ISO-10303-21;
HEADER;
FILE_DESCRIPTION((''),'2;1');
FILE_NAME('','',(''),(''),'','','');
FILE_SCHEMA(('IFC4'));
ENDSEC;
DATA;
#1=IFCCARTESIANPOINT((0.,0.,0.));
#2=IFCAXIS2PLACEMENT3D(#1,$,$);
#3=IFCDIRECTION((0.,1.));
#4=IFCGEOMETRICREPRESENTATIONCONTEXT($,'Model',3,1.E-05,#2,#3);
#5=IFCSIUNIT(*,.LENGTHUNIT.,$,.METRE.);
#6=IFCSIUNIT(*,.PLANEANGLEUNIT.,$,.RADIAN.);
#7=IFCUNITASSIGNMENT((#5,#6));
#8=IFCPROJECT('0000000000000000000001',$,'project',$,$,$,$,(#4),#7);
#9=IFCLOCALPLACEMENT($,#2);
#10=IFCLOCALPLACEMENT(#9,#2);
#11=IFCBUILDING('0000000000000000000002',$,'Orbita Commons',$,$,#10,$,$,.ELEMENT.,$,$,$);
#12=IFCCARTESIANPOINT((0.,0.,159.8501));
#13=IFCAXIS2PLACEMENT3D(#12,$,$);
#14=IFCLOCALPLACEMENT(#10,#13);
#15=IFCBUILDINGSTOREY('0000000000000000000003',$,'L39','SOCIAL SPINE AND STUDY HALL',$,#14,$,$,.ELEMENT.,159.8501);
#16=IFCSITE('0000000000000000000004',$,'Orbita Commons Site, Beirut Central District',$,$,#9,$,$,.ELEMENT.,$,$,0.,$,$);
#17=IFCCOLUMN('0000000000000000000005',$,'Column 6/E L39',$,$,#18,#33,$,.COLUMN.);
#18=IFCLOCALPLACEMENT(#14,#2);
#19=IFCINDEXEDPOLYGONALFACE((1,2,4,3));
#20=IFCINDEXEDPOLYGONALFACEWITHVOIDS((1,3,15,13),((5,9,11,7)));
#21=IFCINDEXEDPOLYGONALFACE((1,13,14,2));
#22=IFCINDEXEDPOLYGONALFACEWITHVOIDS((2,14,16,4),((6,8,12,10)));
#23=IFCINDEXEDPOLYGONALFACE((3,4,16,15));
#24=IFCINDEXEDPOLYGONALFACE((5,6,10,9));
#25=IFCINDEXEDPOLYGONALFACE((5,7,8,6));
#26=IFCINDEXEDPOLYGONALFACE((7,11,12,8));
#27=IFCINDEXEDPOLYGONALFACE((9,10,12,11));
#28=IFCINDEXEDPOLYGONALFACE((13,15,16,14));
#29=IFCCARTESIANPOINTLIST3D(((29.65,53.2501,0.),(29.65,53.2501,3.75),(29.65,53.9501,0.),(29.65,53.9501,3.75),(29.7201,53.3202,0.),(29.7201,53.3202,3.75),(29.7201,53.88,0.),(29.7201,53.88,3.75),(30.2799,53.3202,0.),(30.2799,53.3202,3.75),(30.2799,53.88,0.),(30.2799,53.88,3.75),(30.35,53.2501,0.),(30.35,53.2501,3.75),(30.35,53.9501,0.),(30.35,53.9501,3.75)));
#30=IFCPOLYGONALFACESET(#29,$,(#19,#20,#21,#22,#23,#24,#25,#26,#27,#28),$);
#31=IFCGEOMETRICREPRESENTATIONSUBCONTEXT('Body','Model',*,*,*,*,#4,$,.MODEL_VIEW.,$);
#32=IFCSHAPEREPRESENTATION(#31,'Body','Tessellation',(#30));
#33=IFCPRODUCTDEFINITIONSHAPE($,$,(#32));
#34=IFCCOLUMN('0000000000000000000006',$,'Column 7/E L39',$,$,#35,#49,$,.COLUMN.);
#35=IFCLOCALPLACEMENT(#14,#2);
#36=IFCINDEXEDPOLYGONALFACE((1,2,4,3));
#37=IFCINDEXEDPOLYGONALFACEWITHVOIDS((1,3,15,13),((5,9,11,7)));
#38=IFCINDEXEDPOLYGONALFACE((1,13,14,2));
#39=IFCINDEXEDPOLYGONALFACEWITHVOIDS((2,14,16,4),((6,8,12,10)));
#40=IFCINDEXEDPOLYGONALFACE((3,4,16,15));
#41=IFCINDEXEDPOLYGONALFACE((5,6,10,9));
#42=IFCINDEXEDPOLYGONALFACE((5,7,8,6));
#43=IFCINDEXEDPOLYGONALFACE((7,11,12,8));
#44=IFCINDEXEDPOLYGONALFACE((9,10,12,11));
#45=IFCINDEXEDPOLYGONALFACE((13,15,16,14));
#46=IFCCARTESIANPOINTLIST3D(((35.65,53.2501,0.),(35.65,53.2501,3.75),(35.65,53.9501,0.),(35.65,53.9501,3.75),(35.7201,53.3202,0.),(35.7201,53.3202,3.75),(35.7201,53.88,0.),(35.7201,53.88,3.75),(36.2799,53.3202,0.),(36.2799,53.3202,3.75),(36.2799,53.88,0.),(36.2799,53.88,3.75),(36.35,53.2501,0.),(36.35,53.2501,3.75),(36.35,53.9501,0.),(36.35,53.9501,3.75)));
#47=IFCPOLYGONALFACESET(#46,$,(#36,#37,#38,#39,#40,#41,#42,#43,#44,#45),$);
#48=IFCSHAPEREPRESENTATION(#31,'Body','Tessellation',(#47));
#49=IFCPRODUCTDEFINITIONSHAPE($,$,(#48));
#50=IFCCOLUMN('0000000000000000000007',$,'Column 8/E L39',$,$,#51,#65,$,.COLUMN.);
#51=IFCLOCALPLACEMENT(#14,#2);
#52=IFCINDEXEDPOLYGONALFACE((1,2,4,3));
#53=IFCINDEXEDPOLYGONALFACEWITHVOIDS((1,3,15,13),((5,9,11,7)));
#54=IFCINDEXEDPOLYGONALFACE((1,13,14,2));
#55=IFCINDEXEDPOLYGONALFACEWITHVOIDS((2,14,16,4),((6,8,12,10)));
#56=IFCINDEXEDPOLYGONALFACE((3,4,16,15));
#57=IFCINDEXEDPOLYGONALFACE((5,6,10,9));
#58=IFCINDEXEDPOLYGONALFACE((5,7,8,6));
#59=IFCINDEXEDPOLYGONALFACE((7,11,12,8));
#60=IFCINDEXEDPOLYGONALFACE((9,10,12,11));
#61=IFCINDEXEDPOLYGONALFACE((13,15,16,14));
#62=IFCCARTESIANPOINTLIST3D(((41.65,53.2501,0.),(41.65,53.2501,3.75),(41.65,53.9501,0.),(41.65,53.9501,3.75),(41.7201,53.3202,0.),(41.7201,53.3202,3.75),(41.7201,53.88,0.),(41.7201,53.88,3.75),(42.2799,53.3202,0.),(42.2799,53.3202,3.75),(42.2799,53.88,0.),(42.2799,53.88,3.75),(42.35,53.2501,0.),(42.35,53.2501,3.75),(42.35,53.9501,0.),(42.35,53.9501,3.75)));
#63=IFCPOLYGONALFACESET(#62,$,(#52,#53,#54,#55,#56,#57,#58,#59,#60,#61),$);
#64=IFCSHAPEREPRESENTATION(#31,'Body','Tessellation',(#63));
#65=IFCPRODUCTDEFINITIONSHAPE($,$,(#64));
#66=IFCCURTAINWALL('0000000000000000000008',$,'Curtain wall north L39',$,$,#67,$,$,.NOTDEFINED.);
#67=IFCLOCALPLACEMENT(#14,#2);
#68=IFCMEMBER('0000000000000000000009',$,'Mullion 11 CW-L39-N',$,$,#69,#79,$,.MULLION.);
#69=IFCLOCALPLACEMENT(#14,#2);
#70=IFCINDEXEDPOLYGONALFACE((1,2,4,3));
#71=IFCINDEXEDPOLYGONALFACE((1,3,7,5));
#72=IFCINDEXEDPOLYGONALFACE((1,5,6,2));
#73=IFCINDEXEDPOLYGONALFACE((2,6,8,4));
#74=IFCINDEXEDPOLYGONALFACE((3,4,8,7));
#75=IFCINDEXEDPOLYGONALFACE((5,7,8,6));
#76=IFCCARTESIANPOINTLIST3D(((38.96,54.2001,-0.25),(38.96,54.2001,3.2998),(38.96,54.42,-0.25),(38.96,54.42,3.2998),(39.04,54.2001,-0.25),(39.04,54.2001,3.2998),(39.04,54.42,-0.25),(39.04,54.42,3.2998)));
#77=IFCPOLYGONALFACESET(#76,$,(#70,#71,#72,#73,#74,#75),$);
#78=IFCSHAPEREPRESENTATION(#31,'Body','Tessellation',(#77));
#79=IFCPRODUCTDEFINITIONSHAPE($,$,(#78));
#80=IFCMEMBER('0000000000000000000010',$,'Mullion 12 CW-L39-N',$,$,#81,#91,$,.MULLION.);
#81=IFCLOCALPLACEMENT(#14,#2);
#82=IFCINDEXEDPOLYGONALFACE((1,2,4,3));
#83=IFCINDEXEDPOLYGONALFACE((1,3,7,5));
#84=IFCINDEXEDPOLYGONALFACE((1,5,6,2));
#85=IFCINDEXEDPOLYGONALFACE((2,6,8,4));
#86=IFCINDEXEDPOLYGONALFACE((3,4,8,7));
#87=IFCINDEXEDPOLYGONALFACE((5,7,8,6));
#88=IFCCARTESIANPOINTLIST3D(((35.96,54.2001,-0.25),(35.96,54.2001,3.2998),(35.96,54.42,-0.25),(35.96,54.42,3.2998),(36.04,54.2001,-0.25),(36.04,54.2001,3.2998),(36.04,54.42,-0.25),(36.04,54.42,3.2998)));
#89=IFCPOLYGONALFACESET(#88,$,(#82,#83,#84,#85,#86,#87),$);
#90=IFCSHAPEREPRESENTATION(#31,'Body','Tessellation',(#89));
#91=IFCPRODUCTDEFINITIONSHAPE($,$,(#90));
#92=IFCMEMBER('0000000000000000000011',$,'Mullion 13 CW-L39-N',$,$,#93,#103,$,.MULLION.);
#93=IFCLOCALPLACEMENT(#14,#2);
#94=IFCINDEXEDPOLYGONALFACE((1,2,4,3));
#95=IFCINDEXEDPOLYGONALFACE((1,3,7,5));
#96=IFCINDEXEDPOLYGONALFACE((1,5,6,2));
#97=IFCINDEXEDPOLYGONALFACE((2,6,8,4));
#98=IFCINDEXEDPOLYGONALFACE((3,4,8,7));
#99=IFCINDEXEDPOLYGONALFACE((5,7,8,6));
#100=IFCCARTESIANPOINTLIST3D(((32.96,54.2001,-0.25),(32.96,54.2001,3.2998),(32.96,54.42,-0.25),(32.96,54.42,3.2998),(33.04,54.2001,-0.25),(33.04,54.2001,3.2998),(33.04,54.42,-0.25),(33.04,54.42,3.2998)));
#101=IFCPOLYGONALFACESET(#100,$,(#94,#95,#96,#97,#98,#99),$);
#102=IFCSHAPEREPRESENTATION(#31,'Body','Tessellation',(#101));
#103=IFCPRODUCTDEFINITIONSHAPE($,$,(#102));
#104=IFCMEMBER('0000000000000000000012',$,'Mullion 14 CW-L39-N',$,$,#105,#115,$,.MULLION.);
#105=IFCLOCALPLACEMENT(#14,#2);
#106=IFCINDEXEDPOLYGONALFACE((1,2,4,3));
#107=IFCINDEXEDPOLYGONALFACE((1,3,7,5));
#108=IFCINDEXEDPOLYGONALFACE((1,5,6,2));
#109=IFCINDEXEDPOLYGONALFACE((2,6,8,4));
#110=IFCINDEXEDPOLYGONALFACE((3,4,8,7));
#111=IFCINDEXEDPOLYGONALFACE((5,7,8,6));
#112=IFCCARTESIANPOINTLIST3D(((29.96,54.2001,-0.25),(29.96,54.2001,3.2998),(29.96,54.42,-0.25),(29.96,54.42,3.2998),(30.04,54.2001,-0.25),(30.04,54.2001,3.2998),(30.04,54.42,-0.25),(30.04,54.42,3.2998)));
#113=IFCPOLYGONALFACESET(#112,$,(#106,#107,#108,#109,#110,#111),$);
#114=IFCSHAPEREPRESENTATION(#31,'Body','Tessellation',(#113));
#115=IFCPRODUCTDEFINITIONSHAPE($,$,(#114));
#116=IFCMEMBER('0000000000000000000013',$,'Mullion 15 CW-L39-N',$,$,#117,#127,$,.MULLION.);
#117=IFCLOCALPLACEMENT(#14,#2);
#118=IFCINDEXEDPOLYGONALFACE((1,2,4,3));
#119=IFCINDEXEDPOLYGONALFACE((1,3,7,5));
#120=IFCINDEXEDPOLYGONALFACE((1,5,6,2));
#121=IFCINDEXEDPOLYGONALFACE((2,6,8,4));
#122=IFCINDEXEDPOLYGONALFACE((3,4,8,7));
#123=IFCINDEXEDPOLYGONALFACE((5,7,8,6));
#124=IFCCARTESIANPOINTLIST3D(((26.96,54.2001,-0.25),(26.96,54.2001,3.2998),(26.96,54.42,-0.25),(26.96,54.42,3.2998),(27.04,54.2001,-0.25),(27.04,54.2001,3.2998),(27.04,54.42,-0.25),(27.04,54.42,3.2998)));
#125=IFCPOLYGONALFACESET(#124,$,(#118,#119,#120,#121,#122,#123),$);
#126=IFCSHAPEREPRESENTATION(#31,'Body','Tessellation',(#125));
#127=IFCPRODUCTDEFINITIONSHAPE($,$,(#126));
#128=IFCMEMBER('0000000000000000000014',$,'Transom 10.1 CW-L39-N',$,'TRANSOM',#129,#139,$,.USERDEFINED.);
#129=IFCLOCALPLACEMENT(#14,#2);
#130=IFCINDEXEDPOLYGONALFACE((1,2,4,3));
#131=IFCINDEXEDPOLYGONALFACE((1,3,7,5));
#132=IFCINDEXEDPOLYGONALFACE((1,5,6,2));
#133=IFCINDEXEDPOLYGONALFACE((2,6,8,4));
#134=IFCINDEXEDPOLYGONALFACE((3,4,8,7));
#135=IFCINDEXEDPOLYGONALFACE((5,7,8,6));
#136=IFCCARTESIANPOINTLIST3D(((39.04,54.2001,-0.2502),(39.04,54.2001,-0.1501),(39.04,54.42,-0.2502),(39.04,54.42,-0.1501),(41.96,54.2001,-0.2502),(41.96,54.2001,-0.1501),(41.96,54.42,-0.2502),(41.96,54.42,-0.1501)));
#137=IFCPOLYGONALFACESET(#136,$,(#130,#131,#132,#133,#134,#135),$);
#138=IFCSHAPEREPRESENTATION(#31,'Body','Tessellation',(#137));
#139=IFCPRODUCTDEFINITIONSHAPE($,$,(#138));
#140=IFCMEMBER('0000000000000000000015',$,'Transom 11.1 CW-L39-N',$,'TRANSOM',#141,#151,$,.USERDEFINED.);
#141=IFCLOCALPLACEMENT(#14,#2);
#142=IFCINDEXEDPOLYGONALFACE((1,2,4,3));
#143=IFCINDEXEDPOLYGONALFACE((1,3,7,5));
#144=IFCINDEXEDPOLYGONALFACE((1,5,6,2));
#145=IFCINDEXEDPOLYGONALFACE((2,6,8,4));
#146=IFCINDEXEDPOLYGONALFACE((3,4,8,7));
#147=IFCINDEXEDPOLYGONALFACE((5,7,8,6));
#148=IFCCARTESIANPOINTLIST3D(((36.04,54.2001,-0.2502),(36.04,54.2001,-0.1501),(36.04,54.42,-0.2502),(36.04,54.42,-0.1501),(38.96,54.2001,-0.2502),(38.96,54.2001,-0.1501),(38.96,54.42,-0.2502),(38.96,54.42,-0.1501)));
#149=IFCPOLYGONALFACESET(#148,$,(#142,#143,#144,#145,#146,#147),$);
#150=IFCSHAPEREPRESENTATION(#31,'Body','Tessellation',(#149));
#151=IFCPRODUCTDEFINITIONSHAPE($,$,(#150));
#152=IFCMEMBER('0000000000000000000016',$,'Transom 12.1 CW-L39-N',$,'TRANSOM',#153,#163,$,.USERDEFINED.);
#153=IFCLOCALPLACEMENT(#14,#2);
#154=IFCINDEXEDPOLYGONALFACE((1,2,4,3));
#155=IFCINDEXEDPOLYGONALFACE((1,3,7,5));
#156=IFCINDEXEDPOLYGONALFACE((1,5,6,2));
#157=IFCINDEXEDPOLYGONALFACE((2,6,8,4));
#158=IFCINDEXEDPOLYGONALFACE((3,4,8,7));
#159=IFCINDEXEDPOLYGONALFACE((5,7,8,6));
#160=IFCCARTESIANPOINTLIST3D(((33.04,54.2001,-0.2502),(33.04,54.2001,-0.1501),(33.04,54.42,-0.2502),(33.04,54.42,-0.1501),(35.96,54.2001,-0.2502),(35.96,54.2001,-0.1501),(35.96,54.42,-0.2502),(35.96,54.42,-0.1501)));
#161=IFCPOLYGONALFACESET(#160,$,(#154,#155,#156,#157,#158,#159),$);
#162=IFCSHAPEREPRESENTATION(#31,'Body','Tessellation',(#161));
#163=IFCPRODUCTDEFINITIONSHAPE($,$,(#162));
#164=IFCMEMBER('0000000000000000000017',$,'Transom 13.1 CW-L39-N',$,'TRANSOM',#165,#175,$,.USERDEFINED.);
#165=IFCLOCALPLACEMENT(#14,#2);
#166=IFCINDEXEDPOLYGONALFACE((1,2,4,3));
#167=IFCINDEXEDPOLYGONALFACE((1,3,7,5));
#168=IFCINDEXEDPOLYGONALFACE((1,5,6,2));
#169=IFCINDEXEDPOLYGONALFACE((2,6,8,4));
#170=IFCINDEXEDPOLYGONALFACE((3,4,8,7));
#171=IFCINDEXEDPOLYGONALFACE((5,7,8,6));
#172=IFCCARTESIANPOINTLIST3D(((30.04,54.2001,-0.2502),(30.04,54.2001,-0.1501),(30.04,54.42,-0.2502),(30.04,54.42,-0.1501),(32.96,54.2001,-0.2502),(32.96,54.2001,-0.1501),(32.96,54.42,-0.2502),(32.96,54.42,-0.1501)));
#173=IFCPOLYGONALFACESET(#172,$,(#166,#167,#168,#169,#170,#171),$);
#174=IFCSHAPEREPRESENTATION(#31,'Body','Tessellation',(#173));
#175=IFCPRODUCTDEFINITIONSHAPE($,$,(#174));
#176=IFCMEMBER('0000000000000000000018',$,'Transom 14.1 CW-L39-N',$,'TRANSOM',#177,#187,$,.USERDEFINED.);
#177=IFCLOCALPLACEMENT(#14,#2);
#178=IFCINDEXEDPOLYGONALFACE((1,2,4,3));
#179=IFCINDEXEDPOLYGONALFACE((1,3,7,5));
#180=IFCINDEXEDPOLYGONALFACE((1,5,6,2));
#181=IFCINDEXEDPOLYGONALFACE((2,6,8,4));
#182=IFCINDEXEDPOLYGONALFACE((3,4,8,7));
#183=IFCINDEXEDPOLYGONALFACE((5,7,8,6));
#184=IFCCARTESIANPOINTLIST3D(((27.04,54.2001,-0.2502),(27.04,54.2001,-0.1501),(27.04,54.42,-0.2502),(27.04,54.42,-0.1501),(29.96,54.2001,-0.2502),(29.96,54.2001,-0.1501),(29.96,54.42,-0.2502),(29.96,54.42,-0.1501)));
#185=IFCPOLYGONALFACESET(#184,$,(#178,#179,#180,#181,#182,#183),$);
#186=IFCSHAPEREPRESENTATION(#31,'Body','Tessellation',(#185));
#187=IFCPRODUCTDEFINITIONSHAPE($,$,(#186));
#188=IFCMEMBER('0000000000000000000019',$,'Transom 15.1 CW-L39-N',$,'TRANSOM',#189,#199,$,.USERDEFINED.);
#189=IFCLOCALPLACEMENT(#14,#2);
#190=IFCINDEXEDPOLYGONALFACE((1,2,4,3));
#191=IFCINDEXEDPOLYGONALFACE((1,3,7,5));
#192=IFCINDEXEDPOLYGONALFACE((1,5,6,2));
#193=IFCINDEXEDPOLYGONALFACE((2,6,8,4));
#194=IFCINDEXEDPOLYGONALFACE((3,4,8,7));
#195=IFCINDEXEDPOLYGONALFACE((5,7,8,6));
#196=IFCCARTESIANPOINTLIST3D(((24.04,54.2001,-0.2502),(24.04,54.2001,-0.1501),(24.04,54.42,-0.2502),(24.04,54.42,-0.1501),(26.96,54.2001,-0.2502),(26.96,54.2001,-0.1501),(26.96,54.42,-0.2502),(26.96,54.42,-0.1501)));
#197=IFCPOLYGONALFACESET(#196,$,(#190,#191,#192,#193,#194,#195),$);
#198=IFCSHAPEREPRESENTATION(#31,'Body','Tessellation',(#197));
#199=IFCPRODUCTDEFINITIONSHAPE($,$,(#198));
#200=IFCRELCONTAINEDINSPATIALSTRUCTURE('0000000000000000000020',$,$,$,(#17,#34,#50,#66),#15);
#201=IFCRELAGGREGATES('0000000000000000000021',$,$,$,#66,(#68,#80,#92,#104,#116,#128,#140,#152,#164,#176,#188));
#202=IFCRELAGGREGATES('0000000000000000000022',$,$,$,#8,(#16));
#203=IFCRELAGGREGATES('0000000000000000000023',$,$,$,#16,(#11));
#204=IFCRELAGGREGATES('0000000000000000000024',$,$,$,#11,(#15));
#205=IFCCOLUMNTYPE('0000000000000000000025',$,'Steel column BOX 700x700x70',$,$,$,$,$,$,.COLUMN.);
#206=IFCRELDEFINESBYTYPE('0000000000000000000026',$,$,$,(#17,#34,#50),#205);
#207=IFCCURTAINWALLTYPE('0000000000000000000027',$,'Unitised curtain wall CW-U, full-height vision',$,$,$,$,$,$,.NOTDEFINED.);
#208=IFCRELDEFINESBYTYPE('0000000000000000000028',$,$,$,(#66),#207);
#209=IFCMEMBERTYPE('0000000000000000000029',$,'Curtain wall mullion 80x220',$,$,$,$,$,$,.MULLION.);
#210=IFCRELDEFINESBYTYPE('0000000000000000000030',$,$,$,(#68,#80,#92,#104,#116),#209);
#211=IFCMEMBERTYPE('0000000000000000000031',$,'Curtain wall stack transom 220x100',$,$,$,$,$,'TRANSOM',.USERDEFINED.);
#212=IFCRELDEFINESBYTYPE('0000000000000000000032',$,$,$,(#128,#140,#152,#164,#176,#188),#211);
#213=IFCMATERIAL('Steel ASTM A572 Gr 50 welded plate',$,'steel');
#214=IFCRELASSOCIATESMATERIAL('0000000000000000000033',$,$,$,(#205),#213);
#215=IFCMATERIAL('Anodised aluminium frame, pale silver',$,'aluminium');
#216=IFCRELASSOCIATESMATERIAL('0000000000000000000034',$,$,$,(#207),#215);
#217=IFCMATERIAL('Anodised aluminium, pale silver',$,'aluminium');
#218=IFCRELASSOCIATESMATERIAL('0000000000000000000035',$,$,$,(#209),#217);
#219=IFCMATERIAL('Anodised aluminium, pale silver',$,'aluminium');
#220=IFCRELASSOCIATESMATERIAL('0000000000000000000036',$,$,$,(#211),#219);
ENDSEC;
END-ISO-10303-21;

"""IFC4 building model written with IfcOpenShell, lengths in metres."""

from ifc_helpers import new_model, si_unit, direction, frame, origin, origin_2d, place, context, subcontext, project, spatial, rectangle, hollow_rectangle, extrude, material, material_profile, profile_set, type_object, element, aggregate, save


model = new_model("IFC4")

# Units and contexts
model_context = context("Model", 3, precision=1e-05, world=origin(), true_north=direction((0.0, 1.0)))
body_context = subcontext(model_context, "Body", "Model", "MODEL_VIEW")
ifc_project = project(units=[si_unit("LENGTHUNIT", "METRE"), si_unit("PLANEANGLEUNIT", "RADIAN")], contexts=[model_context])

# Site, building, storey
site_placement = place(None, origin())
site = spatial("IfcSite", under=ifc_project, at=site_placement, Name="Orbita Commons Site, Beirut Central District", CompositionType="ELEMENT", RefElevation=0.0)
building_placement = place(site_placement, origin())
building = spatial("IfcBuilding", under=site, at=building_placement, Name="Orbita Commons", CompositionType="ELEMENT")
storey_placement = place(building_placement, frame((0.0, 0.0, 159.8501)))
storey = spatial("IfcBuildingStorey", under=building, at=storey_placement, Name="L39", Description="SOCIAL SPINE AND STUDY HALL", CompositionType="ELEMENT", Elevation=159.8501)

# Columns
ifc_material_1 = material(Name="Steel ASTM A572 Gr 50 welded plate", Category="steel")
ifc_material_profile_1 = material_profile(ifc_material_1, hollow_rectangle(XDim=0.7, YDim=0.7, WallThickness=0.0701, at=origin_2d()), Name="BOX 700x700x70")
ifc_profile_set_1 = profile_set([ifc_material_profile_1], Name="Steel ASTM A572 Gr 50 welded plate")
column_type = type_object("IfcColumnType", Name="Steel column BOX 700x700x70", PredefinedType="COLUMN", material=ifc_profile_set_1)
for number, where, z_axis, x_axis, name in (
    (1, (30.0, 53.6001, 0.0), (0.0, 0.0, 1.0), (1.0, 0.0, 0.0), "Column 6/E L39"),
    (2, (36.0, 53.6001, 0.0), (0.0, 0.0, 1.0), (1.0, 0.0, 0.0), "Column 7/E L39"),
    (3, (42.0, 53.6001, 0.0), (0.0, 0.0, 1.0), (1.0, 0.0, 0.0), "Column 8/E L39"),
):
    element("IfcColumn", number, at=place(storey_placement, frame(where, z_axis=z_axis, x_axis=x_axis)), inside=storey, type_object=column_type, Name=name, PredefinedType="COLUMN", context=body_context, shape_type="SweptSolid", body=[
        extrude(hollow_rectangle(XDim=0.7, YDim=0.7, WallThickness=0.0701, at=origin_2d()), origin(), (0.0, 0.0, 1.0), 3.75),
    ])

# Curtain wall, members
ifc_material_2 = material(Name="Anodised aluminium frame, pale silver", Category="aluminium")
curtain_wall_type = type_object("IfcCurtainWallType", Name="Unitised curtain wall CW-U, full-height vision", PredefinedType="NOTDEFINED", material=ifc_material_2)
curtain_wall_placement = place(storey_placement, origin())
curtain_wall = element("IfcCurtainWall", 4, at=curtain_wall_placement, inside=storey, type_object=curtain_wall_type, Name="Curtain wall north L39", PredefinedType="NOTDEFINED")
ifc_material_3 = material(Name="Anodised aluminium, pale silver", Category="aluminium")
ifc_material_profile_2 = material_profile(ifc_material_3, rectangle(XDim=0.0801, YDim=0.22, at=origin_2d()), Name="AL 80x220")
ifc_profile_set_2 = profile_set([ifc_material_profile_2], Name="Anodised aluminium, pale silver")
member_type_1 = type_object("IfcMemberType", Name="Curtain wall mullion 80x220", PredefinedType="MULLION", material=ifc_profile_set_2)
member_1_placement = place(storey_placement, frame((39.0, 54.3101, -0.25), z_axis=(0.0, 0.0, 1.0), x_axis=(-1.0, 0.0, 0.0)))
member_1 = element("IfcMember", 5, at=member_1_placement, type_object=member_type_1, Name="Mullion 11 CW-L39-N", PredefinedType="MULLION", context=body_context, shape_type="SweptSolid", body=[
    extrude(rectangle(XDim=0.0801, YDim=0.22, at=origin_2d()), origin(), (0.0, 0.0, 1.0), 3.5498),
])
member_2_placement = place(storey_placement, frame((36.0, 54.3101, -0.25), z_axis=(0.0, 0.0, 1.0), x_axis=(-1.0, 0.0, 0.0)))
member_2 = element("IfcMember", 6, at=member_2_placement, type_object=member_type_1, Name="Mullion 12 CW-L39-N", PredefinedType="MULLION", context=body_context, shape_type="SweptSolid", body=[
    extrude(rectangle(XDim=0.0801, YDim=0.22, at=origin_2d()), origin(), (0.0, 0.0, 1.0), 3.5498),
])
member_3_placement = place(storey_placement, frame((33.0, 54.3101, -0.25), z_axis=(0.0, 0.0, 1.0), x_axis=(-1.0, 0.0, 0.0)))
member_3 = element("IfcMember", 7, at=member_3_placement, type_object=member_type_1, Name="Mullion 13 CW-L39-N", PredefinedType="MULLION", context=body_context, shape_type="SweptSolid", body=[
    extrude(rectangle(XDim=0.0801, YDim=0.22, at=origin_2d()), origin(), (0.0, 0.0, 1.0), 3.5498),
])
member_4_placement = place(storey_placement, frame((30.0, 54.3101, -0.25), z_axis=(0.0, 0.0, 1.0), x_axis=(-1.0, 0.0, 0.0)))
member_4 = element("IfcMember", 8, at=member_4_placement, type_object=member_type_1, Name="Mullion 14 CW-L39-N", PredefinedType="MULLION", context=body_context, shape_type="SweptSolid", body=[
    extrude(rectangle(XDim=0.0801, YDim=0.22, at=origin_2d()), origin(), (0.0, 0.0, 1.0), 3.5498),
])
member_5_placement = place(storey_placement, frame((27.0, 54.3101, -0.25), z_axis=(0.0, 0.0, 1.0), x_axis=(-1.0, 0.0, 0.0)))
member_5 = element("IfcMember", 9, at=member_5_placement, type_object=member_type_1, Name="Mullion 15 CW-L39-N", PredefinedType="MULLION", context=body_context, shape_type="SweptSolid", body=[
    extrude(rectangle(XDim=0.0801, YDim=0.22, at=origin_2d()), origin(), (0.0, 0.0, 1.0), 3.5498),
])
ifc_material_4 = material(Name="Anodised aluminium, pale silver", Category="aluminium")
ifc_material_profile_3 = material_profile(ifc_material_4, rectangle(XDim=0.22, YDim=0.1001, at=origin_2d()), Name="AL 220x100")
ifc_profile_set_3 = profile_set([ifc_material_profile_3], Name="Anodised aluminium, pale silver")
member_type_2 = type_object("IfcMemberType", Name="Curtain wall stack transom 220x100", ElementType="TRANSOM", PredefinedType="USERDEFINED", material=ifc_profile_set_3)
member_6_placement = place(storey_placement, frame((41.96, 54.3101, -0.2002), z_axis=(-1.0, 0.0, 0.0), x_axis=(0.0, -1.0, 0.0)))
member_6 = element("IfcMember", 10, at=member_6_placement, type_object=member_type_2, Name="Transom 10.1 CW-L39-N", ObjectType="TRANSOM", PredefinedType="USERDEFINED", context=body_context, shape_type="SweptSolid", body=[
    extrude(rectangle(XDim=0.22, YDim=0.1001, at=origin_2d()), origin(), (0.0, 0.0, 1.0), 2.9199),
])
member_7_placement = place(storey_placement, frame((38.96, 54.3101, -0.2002), z_axis=(-1.0, 0.0, 0.0), x_axis=(0.0, -1.0, 0.0)))
member_7 = element("IfcMember", 11, at=member_7_placement, type_object=member_type_2, Name="Transom 11.1 CW-L39-N", ObjectType="TRANSOM", PredefinedType="USERDEFINED", context=body_context, shape_type="SweptSolid", body=[
    extrude(rectangle(XDim=0.22, YDim=0.1001, at=origin_2d()), origin(), (0.0, 0.0, 1.0), 2.9199),
])
member_8_placement = place(storey_placement, frame((35.96, 54.3101, -0.2002), z_axis=(-1.0, 0.0, 0.0), x_axis=(0.0, -1.0, 0.0)))
member_8 = element("IfcMember", 12, at=member_8_placement, type_object=member_type_2, Name="Transom 12.1 CW-L39-N", ObjectType="TRANSOM", PredefinedType="USERDEFINED", context=body_context, shape_type="SweptSolid", body=[
    extrude(rectangle(XDim=0.22, YDim=0.1001, at=origin_2d()), origin(), (0.0, 0.0, 1.0), 2.9199),
])
member_9_placement = place(storey_placement, frame((32.96, 54.3101, -0.2002), z_axis=(-1.0, 0.0, 0.0), x_axis=(0.0, -1.0, 0.0)))
member_9 = element("IfcMember", 13, at=member_9_placement, type_object=member_type_2, Name="Transom 13.1 CW-L39-N", ObjectType="TRANSOM", PredefinedType="USERDEFINED", context=body_context, shape_type="SweptSolid", body=[
    extrude(rectangle(XDim=0.22, YDim=0.1001, at=origin_2d()), origin(), (0.0, 0.0, 1.0), 2.9199),
])
member_10_placement = place(storey_placement, frame((29.96, 54.3101, -0.2002), z_axis=(-1.0, 0.0, 0.0), x_axis=(0.0, -1.0, 0.0)))
member_10 = element("IfcMember", 14, at=member_10_placement, type_object=member_type_2, Name="Transom 14.1 CW-L39-N", ObjectType="TRANSOM", PredefinedType="USERDEFINED", context=body_context, shape_type="SweptSolid", body=[
    extrude(rectangle(XDim=0.22, YDim=0.1001, at=origin_2d()), origin(), (0.0, 0.0, 1.0), 2.9199),
])
member_11_placement = place(storey_placement, frame((26.96, 54.3101, -0.2002), z_axis=(-1.0, 0.0, 0.0), x_axis=(0.0, -1.0, 0.0)))
member_11 = element("IfcMember", 15, at=member_11_placement, type_object=member_type_2, Name="Transom 15.1 CW-L39-N", ObjectType="TRANSOM", PredefinedType="USERDEFINED", context=body_context, shape_type="SweptSolid", body=[
    extrude(rectangle(XDim=0.22, YDim=0.1001, at=origin_2d()), origin(), (0.0, 0.0, 1.0), 2.9199),
])

aggregate(curtain_wall, [member_1, member_2, member_3, member_4, member_5, member_6, member_7, member_8, member_9, member_10, member_11])

save(model, "model.ifc")
